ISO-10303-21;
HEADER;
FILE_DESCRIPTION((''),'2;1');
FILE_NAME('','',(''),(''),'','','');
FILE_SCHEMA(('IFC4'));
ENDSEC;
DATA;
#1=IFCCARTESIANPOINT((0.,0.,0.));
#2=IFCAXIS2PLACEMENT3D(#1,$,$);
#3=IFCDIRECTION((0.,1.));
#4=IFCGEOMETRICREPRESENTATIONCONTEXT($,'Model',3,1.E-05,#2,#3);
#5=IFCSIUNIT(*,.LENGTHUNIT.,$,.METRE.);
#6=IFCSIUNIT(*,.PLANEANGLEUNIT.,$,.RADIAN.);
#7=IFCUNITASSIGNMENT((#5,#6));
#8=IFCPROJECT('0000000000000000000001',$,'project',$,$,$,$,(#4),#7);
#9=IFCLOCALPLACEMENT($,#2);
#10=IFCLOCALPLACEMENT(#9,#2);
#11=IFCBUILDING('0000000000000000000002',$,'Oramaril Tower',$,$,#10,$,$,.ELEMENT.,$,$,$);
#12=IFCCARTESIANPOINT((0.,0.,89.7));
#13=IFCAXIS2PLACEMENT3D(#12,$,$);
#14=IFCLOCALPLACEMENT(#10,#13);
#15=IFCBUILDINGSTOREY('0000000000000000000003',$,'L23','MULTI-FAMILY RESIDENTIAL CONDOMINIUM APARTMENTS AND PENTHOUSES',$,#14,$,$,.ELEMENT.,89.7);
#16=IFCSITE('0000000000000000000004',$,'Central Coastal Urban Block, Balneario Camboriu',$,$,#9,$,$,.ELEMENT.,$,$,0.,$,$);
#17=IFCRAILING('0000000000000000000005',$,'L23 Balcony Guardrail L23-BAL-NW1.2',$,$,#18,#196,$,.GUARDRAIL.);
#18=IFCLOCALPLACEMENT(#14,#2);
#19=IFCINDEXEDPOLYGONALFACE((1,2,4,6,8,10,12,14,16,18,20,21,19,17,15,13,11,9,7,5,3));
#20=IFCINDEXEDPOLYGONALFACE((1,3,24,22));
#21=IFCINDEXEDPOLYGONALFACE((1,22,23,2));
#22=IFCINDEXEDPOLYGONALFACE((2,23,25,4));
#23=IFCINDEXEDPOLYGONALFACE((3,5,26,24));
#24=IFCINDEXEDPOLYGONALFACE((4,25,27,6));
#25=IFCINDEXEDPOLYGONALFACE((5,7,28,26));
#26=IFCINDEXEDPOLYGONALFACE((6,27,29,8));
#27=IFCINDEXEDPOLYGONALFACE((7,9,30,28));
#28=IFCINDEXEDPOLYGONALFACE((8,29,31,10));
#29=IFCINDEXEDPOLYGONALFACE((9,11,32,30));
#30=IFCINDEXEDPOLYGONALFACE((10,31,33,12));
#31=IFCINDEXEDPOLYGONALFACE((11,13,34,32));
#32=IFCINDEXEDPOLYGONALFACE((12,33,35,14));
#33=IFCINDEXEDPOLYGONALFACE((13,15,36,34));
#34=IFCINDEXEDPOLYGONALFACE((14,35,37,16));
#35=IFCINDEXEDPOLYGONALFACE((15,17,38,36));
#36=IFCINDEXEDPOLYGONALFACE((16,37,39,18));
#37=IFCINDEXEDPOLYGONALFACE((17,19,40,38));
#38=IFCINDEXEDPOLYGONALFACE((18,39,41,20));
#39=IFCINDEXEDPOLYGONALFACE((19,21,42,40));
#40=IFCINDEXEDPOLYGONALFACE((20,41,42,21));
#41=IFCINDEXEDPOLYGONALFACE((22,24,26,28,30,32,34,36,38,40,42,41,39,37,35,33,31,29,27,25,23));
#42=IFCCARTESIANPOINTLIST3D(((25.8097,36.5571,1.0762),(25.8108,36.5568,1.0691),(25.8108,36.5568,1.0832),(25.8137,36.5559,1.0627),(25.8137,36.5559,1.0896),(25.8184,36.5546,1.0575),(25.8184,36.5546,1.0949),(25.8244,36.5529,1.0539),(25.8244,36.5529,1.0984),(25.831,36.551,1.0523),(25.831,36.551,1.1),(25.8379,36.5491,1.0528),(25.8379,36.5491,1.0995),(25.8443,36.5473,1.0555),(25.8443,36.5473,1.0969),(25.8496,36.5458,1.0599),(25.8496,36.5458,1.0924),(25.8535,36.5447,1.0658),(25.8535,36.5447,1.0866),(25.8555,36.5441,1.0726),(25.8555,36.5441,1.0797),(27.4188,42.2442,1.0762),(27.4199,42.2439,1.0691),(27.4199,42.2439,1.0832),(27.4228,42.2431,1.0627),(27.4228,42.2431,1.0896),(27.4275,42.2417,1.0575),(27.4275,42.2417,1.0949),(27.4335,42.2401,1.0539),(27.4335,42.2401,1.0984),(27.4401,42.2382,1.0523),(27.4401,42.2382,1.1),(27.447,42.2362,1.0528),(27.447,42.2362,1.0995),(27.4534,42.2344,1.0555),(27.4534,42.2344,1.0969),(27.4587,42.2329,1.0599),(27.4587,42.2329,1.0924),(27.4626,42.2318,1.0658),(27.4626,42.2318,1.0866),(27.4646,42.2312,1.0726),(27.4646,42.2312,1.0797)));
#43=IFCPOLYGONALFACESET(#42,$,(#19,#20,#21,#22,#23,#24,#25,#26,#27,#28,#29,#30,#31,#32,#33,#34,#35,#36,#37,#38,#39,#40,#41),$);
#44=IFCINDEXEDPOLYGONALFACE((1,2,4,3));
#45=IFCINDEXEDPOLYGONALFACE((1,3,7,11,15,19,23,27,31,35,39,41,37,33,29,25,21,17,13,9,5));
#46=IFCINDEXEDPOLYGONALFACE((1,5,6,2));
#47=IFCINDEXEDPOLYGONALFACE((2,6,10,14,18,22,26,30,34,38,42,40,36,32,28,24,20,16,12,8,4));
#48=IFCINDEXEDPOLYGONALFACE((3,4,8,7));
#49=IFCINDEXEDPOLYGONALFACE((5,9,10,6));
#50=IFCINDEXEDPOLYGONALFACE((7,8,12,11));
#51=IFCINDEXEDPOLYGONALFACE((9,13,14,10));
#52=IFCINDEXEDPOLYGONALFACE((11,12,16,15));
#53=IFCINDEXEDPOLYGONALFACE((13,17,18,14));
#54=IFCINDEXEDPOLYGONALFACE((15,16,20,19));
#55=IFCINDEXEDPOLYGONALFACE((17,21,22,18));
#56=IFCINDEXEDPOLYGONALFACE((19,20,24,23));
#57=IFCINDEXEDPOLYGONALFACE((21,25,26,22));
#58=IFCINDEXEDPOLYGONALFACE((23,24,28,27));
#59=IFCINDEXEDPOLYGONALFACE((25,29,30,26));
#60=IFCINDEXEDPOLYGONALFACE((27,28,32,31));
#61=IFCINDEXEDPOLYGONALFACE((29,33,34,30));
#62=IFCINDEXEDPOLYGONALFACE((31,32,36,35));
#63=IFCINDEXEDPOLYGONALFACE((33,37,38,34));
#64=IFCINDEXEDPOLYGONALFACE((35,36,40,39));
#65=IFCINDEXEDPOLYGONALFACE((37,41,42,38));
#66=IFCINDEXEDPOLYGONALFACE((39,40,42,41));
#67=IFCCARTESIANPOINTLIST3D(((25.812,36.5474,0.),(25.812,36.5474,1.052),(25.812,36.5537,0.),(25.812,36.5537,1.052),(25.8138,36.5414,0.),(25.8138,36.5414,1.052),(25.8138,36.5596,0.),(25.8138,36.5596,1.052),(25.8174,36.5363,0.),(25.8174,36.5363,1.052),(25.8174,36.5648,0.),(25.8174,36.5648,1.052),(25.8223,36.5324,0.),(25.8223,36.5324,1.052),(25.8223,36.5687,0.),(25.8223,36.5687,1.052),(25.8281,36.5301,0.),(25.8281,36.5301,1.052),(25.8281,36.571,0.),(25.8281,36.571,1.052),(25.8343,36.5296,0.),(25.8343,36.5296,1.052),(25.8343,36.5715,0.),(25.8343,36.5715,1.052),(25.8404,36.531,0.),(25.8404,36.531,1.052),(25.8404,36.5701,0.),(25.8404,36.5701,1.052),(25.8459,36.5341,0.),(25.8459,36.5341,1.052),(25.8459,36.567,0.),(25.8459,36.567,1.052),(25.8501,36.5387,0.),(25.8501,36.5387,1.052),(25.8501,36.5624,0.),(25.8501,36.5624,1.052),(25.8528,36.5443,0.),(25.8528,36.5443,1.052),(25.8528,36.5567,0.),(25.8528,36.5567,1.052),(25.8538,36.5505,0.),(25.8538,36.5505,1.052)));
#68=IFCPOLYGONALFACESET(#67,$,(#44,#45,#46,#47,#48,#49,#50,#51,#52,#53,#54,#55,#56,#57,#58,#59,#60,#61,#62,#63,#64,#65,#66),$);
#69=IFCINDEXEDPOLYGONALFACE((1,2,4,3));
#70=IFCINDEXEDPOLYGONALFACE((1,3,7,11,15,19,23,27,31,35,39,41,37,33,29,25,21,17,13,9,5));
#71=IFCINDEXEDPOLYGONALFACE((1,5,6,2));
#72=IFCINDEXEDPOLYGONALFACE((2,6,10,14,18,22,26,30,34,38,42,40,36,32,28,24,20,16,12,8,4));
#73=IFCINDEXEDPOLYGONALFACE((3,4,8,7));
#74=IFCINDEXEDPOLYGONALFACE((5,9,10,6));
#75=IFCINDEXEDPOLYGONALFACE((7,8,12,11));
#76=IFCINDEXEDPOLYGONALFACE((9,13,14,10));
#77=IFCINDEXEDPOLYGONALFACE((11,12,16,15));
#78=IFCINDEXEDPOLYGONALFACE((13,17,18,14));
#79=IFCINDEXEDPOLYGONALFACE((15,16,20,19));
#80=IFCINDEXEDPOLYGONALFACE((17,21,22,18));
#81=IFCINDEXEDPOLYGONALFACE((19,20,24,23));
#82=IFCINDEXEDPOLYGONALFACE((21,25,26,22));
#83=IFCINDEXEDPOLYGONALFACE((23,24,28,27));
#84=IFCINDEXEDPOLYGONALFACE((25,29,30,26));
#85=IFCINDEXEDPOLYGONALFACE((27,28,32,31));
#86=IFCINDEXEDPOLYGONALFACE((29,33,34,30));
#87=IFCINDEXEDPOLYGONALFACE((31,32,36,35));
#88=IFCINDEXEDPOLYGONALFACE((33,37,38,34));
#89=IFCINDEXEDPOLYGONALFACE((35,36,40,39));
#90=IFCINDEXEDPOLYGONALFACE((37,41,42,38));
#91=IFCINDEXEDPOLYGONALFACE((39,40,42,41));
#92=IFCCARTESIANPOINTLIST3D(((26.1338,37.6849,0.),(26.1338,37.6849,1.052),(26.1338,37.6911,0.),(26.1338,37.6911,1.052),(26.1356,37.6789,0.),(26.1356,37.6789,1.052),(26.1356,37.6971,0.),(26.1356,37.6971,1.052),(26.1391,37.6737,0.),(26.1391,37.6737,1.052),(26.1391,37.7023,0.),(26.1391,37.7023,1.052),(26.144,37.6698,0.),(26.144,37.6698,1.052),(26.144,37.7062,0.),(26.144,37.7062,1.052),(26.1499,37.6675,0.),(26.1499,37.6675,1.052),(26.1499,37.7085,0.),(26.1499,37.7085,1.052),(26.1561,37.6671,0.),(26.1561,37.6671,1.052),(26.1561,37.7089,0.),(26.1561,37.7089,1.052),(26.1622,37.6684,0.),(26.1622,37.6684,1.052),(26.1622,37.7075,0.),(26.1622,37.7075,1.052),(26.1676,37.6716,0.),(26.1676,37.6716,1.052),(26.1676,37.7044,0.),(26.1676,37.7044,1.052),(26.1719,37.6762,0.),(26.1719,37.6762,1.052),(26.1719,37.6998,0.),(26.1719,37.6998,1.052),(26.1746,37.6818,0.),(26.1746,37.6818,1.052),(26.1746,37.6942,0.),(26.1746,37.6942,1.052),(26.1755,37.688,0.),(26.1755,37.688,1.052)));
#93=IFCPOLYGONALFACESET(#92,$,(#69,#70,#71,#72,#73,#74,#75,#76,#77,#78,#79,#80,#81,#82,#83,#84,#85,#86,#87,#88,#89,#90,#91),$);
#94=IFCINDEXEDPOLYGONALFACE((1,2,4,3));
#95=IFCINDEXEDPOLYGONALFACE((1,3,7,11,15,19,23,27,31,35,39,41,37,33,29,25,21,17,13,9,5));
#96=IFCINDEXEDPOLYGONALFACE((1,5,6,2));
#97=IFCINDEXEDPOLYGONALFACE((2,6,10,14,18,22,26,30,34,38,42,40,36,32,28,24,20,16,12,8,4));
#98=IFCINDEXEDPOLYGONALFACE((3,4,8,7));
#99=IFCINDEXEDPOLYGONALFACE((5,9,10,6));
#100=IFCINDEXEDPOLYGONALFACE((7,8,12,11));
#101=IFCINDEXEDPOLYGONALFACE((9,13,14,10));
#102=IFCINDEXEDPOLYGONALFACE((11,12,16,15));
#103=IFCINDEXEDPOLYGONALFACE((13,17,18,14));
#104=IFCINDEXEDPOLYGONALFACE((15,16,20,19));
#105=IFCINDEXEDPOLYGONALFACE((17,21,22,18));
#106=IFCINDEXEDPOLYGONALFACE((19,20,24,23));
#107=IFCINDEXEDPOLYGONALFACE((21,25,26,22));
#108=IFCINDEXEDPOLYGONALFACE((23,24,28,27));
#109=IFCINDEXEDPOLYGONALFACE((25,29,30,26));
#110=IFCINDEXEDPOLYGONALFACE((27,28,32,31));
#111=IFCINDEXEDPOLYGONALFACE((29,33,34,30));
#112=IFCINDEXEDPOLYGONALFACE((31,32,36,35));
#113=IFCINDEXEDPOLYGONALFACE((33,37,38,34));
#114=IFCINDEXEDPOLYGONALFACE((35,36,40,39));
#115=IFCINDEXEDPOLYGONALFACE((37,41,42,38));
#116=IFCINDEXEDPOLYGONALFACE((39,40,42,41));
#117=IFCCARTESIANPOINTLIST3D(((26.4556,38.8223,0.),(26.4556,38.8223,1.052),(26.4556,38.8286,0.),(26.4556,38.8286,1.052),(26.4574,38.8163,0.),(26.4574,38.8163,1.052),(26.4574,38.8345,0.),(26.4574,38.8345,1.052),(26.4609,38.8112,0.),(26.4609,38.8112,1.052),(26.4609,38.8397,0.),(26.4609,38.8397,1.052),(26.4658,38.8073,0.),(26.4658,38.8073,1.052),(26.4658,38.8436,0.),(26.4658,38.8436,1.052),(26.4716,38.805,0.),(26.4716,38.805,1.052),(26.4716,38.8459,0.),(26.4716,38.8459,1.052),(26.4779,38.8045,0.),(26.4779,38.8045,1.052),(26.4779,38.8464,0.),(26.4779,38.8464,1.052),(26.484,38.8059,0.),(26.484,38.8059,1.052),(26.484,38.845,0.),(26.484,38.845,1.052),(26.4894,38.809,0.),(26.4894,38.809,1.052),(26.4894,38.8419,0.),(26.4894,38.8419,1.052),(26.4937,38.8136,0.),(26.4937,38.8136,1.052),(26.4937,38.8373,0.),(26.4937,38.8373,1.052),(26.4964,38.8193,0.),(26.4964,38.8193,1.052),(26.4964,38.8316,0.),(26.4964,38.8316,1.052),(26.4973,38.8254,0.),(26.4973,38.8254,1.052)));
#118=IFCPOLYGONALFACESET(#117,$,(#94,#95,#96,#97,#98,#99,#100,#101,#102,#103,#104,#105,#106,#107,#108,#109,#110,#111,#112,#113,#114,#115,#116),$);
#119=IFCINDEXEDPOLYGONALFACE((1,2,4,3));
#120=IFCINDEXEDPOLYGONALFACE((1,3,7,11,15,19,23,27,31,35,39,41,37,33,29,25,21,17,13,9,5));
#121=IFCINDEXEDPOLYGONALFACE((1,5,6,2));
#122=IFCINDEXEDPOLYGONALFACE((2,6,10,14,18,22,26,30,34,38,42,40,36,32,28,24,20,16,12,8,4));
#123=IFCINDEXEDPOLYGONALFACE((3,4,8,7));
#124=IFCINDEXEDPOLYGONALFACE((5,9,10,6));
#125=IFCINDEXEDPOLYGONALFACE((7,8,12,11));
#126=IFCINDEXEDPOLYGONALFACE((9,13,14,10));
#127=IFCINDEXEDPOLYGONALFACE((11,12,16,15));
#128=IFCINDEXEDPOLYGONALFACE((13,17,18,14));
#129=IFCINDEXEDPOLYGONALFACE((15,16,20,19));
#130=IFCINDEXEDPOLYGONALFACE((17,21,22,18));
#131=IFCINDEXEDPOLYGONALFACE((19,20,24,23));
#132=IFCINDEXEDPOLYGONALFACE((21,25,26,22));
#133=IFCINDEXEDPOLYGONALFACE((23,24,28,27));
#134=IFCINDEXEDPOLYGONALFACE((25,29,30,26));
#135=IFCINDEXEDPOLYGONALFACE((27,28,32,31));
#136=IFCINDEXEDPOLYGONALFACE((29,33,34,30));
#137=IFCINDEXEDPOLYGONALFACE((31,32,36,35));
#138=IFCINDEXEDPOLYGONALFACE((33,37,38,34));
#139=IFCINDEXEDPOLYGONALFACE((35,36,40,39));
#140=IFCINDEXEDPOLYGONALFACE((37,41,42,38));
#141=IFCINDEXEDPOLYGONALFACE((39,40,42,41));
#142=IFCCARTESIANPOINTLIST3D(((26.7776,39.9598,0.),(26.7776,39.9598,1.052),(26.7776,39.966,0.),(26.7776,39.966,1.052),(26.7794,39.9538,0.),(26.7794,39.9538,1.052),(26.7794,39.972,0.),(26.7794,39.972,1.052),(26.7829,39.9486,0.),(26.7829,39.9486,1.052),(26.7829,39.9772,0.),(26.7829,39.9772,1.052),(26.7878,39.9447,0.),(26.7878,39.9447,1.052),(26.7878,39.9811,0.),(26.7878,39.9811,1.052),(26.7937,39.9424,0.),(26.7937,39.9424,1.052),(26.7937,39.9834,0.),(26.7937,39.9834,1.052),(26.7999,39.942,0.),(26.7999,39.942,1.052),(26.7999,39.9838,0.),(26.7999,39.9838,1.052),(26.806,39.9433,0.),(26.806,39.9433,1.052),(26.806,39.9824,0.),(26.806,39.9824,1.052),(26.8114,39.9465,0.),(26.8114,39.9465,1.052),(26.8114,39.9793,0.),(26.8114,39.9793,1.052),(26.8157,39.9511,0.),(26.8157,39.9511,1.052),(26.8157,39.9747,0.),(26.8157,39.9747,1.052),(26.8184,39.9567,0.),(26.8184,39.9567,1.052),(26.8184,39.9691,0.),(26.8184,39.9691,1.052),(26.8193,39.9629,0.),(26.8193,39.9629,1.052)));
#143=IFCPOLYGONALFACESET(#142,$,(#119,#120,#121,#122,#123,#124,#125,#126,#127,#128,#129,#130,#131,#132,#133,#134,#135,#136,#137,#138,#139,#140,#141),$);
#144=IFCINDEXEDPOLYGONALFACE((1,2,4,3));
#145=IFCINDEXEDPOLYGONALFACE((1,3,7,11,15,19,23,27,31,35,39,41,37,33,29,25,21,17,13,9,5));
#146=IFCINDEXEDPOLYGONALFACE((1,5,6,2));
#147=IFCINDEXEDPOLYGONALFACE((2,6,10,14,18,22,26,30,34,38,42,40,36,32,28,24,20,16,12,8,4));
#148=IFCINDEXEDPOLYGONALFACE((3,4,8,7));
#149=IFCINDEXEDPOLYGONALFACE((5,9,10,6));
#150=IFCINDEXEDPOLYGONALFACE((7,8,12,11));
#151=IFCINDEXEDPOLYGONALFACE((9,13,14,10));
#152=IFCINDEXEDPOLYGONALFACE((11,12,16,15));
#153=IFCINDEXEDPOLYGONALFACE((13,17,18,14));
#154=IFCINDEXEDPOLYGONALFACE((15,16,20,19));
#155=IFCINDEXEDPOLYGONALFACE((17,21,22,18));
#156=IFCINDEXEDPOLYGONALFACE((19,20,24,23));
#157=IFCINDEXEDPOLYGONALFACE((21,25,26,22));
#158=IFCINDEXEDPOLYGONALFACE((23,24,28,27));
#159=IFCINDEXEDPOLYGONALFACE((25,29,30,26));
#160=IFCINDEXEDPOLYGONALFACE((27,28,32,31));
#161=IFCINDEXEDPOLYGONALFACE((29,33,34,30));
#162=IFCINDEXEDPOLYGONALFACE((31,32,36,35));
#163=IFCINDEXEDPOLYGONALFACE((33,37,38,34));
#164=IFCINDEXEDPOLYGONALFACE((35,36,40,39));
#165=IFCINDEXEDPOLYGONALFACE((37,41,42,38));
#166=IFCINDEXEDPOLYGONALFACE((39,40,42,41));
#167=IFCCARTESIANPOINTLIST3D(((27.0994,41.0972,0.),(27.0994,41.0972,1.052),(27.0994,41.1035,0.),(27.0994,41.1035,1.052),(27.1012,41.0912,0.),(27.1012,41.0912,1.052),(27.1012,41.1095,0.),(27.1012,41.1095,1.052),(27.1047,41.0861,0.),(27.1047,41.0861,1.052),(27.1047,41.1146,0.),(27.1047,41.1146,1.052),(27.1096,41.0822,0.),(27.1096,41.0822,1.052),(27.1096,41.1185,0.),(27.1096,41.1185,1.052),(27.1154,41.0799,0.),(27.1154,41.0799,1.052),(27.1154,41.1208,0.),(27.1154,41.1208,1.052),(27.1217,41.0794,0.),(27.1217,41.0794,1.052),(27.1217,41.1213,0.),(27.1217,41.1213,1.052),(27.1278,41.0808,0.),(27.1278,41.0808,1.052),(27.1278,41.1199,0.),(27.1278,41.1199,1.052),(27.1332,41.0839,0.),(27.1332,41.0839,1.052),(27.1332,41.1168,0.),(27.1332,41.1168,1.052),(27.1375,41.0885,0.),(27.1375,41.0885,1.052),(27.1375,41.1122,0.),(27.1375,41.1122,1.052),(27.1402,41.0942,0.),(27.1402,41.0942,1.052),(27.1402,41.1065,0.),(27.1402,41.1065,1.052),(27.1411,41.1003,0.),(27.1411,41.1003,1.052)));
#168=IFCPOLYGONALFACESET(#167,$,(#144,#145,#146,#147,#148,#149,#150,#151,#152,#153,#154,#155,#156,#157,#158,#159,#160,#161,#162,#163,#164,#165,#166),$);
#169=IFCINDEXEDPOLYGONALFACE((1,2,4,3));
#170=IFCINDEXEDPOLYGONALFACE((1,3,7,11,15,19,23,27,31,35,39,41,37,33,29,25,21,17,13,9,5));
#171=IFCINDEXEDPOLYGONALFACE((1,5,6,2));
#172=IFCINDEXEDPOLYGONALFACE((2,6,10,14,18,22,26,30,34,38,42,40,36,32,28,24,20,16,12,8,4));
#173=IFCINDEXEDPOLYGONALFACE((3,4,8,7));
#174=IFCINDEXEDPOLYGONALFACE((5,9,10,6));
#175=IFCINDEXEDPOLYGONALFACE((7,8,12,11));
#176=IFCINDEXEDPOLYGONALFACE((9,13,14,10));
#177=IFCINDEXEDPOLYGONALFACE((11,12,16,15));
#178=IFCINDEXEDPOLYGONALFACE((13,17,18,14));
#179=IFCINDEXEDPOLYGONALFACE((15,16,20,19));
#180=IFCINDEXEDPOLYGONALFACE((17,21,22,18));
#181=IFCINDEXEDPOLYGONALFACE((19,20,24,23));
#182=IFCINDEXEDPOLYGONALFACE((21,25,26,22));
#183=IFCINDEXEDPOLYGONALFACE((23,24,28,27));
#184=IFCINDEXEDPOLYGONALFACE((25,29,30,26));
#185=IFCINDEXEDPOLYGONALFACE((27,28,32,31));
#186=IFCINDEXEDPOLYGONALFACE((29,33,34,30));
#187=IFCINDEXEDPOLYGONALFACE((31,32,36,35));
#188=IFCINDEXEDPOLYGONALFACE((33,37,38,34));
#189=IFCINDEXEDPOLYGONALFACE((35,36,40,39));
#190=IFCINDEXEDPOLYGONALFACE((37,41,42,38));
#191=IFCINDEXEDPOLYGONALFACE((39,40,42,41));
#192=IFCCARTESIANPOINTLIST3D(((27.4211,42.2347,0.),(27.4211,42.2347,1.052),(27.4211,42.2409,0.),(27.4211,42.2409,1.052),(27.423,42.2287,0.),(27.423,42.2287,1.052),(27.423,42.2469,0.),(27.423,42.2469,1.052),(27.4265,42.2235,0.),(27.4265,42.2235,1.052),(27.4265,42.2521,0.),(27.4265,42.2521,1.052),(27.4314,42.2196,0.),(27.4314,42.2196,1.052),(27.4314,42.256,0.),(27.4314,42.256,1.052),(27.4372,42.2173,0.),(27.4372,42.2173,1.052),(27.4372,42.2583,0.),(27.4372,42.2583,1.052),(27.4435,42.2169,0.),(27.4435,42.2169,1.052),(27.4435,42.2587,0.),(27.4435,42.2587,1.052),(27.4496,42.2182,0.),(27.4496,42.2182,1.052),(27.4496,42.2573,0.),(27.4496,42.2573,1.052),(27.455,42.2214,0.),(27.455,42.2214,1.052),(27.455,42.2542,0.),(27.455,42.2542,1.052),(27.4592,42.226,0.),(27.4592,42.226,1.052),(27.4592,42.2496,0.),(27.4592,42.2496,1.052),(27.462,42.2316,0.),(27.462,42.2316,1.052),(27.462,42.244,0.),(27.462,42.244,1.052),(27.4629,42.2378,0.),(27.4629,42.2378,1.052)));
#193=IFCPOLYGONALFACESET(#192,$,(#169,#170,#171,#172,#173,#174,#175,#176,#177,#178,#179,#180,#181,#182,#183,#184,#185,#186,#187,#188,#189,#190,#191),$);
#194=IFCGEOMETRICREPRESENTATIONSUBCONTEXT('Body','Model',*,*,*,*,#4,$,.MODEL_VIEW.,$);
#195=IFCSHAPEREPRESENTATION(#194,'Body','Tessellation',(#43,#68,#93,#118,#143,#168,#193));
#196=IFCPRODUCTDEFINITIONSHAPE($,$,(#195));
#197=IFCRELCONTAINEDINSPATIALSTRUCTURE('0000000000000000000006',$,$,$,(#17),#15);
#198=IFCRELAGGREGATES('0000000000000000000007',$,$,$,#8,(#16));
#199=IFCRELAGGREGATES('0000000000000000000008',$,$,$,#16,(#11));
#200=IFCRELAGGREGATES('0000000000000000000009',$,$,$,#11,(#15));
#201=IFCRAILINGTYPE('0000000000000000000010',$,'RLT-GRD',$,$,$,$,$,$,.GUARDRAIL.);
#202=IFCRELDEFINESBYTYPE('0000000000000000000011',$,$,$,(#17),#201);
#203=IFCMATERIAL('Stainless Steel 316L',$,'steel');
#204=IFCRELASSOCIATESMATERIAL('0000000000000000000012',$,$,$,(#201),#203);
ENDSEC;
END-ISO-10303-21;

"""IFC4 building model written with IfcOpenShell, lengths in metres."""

from ifc_helpers import new_model, si_unit, direction, frame, origin, origin_2d, place, context, subcontext, project, spatial, circle, extrude, material, type_object, element, save


model = new_model("IFC4")

# Units and contexts
model_context = context("Model", 3, precision=1e-05, world=origin(), true_north=direction((0.0, 1.0)))
body_context = subcontext(model_context, "Body", "Model", "MODEL_VIEW")
ifc_project = project(units=[si_unit("LENGTHUNIT", "METRE"), si_unit("PLANEANGLEUNIT", "RADIAN")], contexts=[model_context])

# Site, building, storey
site_placement = place(None, origin())
site = spatial("IfcSite", under=ifc_project, at=site_placement, Name="Central Coastal Urban Block, Balneario Camboriu", CompositionType="ELEMENT", RefElevation=0.0)
building_placement = place(site_placement, origin())
building = spatial("IfcBuilding", under=site, at=building_placement, Name="Oramaril Tower", CompositionType="ELEMENT")
storey_placement = place(building_placement, frame((0.0, 0.0, 89.7)))
storey = spatial("IfcBuildingStorey", under=building, at=storey_placement, Name="L23", Description="MULTI-FAMILY RESIDENTIAL CONDOMINIUM APARTMENTS AND PENTHOUSES", CompositionType="ELEMENT", Elevation=89.7)

# Railing
ifc_material_1 = material(Name="Stainless Steel 316L", Category="steel")
railing_type = type_object("IfcRailingType", Name="RLT-GRD", PredefinedType="GUARDRAIL", material=ifc_material_1)
railing_1_placement = place(storey_placement, frame((25.8328, 36.5505, 0.0)))
element("IfcRailing", 1, at=railing_1_placement, inside=storey, type_object=railing_type, Name="L23 Balcony Guardrail L23-BAL-NW1.2", PredefinedType="GUARDRAIL", context=body_context, shape_type="SweptSolid", body=[
    extrude(circle(Radius=0.0239, at=origin_2d()), frame((0.0, 0.0, 1.0762), z_axis=(0.272249, 0.962227, 0.0), x_axis=(-0.962227, 0.272249, 0.0)), (0.0, 0.0, 1.0), 5.9104),
    extrude(circle(Radius=0.021, at=origin_2d()), origin(), (0.0, 0.0, 1.0), 1.052),
    extrude(circle(Radius=0.021, at=origin_2d()), frame((0.3218, 1.1375, 0.0)), (0.0, 0.0, 1.0), 1.052),
    extrude(circle(Radius=0.021, at=origin_2d()), frame((0.6436, 2.2749, 0.0)), (0.0, 0.0, 1.0), 1.052),
    extrude(circle(Radius=0.021, at=origin_2d()), frame((0.9656, 3.4124, 0.0)), (0.0, 0.0, 1.0), 1.052),
    extrude(circle(Radius=0.021, at=origin_2d()), frame((1.2874, 4.5498, 0.0)), (0.0, 0.0, 1.0), 1.052),
    extrude(circle(Radius=0.021, at=origin_2d()), frame((1.6091, 5.6873, 0.0)), (0.0, 0.0, 1.0), 1.052),
])

save(model, "model.ifc")
